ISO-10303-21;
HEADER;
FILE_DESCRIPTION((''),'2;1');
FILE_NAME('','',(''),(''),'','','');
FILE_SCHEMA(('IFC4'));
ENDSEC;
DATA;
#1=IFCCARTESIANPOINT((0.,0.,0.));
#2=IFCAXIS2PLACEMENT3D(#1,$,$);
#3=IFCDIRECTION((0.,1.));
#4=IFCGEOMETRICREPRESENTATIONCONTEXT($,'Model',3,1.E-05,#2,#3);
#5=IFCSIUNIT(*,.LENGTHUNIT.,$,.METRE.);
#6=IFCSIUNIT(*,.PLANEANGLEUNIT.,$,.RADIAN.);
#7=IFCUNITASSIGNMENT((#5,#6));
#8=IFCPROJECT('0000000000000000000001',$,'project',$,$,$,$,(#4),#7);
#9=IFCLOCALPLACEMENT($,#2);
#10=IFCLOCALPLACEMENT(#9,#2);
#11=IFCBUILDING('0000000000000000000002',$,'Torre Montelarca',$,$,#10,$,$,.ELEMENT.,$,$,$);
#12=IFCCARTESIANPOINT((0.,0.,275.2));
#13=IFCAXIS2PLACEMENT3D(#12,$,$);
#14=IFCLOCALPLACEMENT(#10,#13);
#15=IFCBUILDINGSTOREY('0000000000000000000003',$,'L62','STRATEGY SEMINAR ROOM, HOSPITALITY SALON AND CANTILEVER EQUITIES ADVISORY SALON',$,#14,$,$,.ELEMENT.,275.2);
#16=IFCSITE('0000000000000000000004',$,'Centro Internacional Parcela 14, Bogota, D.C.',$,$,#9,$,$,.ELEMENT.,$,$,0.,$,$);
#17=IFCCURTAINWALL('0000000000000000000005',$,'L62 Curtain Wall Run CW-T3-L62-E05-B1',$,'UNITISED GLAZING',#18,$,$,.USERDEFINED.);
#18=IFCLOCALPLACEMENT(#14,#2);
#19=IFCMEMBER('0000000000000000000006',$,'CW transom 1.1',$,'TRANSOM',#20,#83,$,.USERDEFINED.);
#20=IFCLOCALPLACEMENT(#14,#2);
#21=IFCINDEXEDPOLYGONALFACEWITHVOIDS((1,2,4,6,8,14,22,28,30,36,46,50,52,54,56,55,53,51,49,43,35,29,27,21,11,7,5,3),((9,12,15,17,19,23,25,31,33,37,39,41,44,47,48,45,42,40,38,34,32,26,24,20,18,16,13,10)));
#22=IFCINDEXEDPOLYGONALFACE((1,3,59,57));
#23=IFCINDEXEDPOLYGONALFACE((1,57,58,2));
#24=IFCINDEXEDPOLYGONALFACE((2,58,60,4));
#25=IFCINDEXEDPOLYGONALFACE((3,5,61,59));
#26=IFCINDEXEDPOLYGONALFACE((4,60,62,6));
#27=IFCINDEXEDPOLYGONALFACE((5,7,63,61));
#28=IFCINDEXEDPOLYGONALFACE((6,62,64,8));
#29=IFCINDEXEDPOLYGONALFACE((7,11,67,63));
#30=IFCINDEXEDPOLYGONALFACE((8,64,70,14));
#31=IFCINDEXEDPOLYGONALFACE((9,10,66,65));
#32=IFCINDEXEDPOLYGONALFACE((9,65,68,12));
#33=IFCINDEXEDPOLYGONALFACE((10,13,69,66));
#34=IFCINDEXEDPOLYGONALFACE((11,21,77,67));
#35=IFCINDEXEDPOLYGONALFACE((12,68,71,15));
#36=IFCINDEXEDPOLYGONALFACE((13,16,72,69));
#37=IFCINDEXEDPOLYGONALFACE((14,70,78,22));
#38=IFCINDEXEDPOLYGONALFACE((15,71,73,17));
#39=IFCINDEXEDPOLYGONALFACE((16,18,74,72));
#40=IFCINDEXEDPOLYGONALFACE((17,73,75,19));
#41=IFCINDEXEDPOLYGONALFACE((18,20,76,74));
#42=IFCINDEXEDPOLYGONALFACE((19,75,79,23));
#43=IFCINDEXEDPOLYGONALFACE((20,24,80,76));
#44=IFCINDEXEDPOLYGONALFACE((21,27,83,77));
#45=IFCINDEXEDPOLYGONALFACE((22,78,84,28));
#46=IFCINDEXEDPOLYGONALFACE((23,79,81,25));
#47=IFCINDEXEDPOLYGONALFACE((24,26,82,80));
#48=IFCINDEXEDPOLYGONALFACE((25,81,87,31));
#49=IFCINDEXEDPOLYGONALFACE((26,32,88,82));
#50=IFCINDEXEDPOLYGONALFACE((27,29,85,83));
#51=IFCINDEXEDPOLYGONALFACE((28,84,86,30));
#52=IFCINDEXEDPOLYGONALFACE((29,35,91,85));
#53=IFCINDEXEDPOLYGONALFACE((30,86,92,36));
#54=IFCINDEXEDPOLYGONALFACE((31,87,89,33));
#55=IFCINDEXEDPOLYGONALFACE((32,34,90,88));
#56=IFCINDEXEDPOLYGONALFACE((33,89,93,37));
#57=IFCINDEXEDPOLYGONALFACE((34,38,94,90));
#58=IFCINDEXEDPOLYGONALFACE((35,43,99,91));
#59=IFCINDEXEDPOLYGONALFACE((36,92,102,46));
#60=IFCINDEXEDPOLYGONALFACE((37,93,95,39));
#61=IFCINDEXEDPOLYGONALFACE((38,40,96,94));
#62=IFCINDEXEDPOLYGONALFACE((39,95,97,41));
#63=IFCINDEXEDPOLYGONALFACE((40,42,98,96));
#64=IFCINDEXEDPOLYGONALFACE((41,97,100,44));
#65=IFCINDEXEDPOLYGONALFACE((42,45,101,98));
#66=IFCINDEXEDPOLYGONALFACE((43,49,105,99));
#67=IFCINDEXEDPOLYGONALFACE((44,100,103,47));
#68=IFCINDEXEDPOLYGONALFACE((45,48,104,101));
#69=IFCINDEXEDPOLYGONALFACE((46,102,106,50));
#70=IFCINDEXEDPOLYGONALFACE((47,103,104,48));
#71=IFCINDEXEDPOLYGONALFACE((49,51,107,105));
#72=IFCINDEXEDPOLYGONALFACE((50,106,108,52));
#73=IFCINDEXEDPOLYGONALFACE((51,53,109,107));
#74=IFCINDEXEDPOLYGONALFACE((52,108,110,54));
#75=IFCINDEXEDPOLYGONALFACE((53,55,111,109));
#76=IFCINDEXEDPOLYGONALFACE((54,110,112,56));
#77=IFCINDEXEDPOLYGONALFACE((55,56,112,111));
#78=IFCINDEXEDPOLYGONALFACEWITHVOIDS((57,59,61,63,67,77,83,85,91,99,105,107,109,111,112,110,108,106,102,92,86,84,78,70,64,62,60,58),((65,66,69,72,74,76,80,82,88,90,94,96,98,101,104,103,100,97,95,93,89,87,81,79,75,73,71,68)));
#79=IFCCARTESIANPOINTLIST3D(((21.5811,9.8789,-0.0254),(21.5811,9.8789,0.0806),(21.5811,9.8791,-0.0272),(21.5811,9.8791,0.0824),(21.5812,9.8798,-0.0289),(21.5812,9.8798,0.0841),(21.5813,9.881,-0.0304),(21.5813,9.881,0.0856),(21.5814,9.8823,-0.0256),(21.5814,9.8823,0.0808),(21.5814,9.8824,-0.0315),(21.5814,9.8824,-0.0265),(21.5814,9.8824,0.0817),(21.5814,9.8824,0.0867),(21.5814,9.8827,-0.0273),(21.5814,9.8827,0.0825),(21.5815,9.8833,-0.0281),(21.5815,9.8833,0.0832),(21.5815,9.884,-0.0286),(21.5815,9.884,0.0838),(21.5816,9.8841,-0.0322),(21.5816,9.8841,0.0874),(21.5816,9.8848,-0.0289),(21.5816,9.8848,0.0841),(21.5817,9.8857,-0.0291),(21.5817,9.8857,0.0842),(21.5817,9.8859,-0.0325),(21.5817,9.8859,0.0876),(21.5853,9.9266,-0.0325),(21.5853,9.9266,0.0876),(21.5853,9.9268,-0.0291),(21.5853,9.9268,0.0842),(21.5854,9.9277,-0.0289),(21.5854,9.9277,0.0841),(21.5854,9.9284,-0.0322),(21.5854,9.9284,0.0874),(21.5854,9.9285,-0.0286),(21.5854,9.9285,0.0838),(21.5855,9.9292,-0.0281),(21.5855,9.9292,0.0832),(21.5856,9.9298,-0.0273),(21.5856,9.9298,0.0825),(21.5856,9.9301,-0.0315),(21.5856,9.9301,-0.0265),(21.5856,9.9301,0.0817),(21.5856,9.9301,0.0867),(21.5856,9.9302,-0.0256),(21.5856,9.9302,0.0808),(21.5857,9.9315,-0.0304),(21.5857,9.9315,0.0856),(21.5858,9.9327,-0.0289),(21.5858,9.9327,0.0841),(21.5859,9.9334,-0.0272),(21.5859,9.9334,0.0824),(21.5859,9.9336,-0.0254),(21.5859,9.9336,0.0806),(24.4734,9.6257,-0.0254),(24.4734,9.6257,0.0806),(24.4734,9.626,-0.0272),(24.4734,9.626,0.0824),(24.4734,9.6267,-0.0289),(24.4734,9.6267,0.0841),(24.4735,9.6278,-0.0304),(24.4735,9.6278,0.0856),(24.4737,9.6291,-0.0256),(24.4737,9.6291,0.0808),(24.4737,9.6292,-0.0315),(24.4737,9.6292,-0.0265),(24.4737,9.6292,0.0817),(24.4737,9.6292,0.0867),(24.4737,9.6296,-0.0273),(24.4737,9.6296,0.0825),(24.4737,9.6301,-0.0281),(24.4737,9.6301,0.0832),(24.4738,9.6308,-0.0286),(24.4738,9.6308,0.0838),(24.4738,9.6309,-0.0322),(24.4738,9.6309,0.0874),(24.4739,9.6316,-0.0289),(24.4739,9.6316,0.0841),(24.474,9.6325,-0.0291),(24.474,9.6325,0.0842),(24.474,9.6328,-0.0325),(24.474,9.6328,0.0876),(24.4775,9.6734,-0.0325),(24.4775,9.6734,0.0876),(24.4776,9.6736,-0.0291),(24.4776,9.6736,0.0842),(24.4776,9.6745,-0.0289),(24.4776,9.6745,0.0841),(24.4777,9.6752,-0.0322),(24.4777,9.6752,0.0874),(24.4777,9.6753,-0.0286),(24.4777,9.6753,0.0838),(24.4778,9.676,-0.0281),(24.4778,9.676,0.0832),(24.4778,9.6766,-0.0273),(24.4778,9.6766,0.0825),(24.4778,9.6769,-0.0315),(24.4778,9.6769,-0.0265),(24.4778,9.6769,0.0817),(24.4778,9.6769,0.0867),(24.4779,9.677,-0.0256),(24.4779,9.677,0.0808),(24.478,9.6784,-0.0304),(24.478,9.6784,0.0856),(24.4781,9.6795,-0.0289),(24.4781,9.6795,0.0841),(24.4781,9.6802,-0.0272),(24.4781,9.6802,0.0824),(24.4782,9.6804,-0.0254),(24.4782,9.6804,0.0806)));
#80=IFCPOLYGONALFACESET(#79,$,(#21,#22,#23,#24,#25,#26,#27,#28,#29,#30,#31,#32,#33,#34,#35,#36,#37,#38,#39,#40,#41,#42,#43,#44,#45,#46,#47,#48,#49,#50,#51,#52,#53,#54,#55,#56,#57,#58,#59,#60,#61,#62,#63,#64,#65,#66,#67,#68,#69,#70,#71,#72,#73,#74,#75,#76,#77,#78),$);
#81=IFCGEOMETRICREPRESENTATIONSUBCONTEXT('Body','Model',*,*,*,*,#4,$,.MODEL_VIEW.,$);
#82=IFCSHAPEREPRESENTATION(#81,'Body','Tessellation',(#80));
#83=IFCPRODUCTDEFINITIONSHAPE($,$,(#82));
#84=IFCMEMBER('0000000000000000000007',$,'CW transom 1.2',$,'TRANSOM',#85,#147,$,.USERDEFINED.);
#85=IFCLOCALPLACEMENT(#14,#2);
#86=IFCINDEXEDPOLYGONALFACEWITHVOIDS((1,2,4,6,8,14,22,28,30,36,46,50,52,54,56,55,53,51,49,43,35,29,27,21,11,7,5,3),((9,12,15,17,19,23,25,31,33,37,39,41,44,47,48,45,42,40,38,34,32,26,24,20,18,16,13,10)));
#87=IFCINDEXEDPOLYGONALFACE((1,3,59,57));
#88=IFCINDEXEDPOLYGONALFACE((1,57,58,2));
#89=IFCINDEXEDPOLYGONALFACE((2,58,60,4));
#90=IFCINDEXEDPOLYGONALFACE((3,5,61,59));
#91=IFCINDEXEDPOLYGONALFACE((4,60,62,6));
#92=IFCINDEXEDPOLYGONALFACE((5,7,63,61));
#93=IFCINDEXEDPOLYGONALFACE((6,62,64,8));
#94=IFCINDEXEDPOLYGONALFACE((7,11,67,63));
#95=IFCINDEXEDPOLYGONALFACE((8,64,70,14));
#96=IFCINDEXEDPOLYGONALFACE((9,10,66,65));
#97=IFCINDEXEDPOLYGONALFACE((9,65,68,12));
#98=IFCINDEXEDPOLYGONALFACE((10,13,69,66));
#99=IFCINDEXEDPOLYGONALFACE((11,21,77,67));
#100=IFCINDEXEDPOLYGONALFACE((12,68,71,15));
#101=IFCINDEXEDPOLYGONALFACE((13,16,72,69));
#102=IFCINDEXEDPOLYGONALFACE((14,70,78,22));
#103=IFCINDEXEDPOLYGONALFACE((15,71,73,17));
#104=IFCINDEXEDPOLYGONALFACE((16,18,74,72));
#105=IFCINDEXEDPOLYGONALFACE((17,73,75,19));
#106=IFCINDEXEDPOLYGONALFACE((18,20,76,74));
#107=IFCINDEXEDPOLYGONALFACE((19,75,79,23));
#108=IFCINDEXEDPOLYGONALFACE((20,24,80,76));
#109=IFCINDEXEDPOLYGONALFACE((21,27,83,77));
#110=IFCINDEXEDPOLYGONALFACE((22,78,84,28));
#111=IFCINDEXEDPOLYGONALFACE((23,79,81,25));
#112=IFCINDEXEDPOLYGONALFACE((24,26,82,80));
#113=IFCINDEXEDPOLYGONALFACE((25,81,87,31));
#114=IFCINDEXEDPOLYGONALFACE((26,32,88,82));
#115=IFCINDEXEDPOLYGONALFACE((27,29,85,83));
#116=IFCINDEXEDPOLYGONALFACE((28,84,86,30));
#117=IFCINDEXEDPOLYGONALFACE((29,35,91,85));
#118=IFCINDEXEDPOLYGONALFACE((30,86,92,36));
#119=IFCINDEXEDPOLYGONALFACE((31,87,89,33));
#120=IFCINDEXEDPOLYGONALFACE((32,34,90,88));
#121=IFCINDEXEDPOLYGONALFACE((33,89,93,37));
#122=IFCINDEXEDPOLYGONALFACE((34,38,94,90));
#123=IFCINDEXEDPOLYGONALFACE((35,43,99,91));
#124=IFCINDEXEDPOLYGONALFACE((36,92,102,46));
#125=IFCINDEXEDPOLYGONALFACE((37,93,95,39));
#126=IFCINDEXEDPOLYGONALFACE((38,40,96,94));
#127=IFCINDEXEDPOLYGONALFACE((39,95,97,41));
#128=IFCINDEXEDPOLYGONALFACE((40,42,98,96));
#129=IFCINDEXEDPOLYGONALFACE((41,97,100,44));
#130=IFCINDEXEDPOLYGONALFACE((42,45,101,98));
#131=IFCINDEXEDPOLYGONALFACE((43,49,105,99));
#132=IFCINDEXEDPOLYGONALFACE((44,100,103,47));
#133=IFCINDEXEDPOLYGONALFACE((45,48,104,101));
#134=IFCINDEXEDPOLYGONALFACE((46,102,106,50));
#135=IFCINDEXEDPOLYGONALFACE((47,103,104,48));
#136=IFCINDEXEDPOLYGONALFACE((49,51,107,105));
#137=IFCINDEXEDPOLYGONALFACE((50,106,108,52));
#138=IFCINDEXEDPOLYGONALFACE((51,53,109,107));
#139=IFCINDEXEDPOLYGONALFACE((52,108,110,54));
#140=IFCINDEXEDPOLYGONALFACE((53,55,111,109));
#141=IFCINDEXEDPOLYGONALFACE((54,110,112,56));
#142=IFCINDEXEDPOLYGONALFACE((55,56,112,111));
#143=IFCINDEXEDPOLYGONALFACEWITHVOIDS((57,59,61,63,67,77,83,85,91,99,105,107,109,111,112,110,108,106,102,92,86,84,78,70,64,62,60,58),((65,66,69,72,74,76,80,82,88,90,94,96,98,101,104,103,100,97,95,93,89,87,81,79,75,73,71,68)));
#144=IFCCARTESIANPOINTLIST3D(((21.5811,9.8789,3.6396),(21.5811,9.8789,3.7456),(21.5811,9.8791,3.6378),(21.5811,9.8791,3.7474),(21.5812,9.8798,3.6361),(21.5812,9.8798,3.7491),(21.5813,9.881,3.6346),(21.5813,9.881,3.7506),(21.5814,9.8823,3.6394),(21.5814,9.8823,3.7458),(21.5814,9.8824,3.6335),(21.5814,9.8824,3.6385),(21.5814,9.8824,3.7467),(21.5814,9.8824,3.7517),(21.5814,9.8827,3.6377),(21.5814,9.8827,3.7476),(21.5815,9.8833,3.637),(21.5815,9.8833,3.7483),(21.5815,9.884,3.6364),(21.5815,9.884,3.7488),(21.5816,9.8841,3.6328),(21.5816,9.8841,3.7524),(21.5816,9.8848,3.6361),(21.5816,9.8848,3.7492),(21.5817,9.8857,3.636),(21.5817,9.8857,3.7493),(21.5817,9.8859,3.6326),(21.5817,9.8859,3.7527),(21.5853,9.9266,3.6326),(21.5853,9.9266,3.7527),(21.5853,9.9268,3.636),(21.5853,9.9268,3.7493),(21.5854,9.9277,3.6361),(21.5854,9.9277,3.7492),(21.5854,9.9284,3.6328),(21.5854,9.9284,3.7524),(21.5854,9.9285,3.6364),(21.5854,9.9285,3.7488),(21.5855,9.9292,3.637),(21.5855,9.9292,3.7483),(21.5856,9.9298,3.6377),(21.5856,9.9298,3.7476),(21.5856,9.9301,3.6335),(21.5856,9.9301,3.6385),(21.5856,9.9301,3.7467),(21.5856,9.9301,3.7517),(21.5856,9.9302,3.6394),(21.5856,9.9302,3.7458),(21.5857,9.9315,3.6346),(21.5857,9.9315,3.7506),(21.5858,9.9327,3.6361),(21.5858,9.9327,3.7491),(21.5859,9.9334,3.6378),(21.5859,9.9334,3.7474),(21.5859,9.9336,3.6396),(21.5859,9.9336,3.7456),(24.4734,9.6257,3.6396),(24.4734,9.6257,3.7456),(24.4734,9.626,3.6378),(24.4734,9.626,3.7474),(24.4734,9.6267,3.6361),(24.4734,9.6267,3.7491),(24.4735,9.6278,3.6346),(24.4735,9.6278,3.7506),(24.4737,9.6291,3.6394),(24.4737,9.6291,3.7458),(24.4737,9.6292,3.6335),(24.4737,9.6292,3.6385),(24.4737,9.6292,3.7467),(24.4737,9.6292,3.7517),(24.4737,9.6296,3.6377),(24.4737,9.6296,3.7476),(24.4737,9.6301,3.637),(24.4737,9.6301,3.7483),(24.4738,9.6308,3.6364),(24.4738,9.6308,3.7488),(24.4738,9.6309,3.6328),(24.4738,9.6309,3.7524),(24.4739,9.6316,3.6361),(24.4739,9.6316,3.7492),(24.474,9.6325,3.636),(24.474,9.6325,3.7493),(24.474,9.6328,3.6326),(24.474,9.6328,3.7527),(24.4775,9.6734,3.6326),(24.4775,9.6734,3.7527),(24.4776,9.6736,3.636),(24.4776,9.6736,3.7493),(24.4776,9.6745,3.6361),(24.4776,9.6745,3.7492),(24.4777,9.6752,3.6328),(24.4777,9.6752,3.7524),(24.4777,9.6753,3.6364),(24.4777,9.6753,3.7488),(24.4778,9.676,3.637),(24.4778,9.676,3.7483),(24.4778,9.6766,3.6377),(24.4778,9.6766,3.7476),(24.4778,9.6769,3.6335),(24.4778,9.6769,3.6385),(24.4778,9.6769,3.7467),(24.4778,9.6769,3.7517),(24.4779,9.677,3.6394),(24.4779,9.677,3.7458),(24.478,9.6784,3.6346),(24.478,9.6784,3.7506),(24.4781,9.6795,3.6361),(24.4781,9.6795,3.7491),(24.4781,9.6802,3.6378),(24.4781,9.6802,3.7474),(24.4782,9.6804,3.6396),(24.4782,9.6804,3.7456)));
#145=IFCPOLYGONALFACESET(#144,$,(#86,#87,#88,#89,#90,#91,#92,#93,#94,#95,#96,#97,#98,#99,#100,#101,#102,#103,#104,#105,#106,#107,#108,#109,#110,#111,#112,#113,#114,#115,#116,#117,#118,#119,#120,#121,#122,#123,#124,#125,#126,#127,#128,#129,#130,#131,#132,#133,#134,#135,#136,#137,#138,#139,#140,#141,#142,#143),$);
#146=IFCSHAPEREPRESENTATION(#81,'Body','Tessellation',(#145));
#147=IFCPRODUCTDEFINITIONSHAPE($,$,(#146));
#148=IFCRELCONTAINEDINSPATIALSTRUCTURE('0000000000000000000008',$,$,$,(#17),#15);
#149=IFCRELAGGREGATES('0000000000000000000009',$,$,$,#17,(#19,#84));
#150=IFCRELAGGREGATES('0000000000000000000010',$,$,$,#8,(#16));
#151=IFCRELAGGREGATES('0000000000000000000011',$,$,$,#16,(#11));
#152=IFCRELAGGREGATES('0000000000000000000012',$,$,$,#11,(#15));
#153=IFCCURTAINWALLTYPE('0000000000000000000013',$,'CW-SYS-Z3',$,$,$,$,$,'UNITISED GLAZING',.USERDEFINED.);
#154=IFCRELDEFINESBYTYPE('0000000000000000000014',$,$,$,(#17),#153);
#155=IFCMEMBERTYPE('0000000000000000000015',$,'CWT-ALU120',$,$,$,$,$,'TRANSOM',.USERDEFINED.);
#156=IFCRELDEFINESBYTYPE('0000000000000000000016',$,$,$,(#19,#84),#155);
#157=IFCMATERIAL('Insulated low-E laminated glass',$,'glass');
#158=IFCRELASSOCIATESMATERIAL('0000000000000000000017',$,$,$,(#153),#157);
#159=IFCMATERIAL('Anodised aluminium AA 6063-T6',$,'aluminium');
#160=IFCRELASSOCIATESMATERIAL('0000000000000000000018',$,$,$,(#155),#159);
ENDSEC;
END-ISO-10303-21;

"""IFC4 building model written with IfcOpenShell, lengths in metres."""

from ifc_helpers import new_model, si_unit, direction, frame, origin, origin_2d, place, context, subcontext, project, spatial, hollow_rectangle, extrude, source, transform, mapped, material, material_profile, profile_set, type_object, element, aggregate, save


model = new_model("IFC4")

# Units and contexts
model_context = context("Model", 3, precision=1e-05, world=origin(), true_north=direction((0.0, 1.0)))
body_context = subcontext(model_context, "Body", "Model", "MODEL_VIEW")
ifc_project = project(units=[si_unit("LENGTHUNIT", "METRE"), si_unit("PLANEANGLEUNIT", "RADIAN")], contexts=[model_context])

# Site, building, storey
site_placement = place(None, origin())
site = spatial("IfcSite", under=ifc_project, at=site_placement, Name="Centro Internacional Parcela 14, Bogota, D.C.", CompositionType="ELEMENT", RefElevation=0.0)
building_placement = place(site_placement, origin())
building = spatial("IfcBuilding", under=site, at=building_placement, Name="Torre Montelarca", CompositionType="ELEMENT")
storey_placement = place(building_placement, frame((0.0, 0.0, 275.2)))
storey = spatial("IfcBuildingStorey", under=building, at=storey_placement, Name="L62", Description="STRATEGY SEMINAR ROOM, HOSPITALITY SALON AND CANTILEVER EQUITIES ADVISORY SALON", CompositionType="ELEMENT", Elevation=275.2)

# Curtain wall, members
ifc_material_1 = material(Name="Insulated low-E laminated glass", Category="glass")
curtain_wall_type = type_object("IfcCurtainWallType", Name="CW-SYS-Z3", ElementType="UNITISED GLAZING", PredefinedType="USERDEFINED", material=ifc_material_1)
ifc_material_2 = material(Name="Anodised aluminium AA 6063-T6", Category="aluminium")
ifc_material_profile_1 = material_profile(ifc_material_2, hollow_rectangle(XDim=0.0549, YDim=0.1201, WallThickness=0.0034, InnerFilletRadius=0.0034, OuterFilletRadius=0.0071, at=origin_2d()), Name="ALU55X120X3.5", Category="aluminium")
ifc_profile_set_1 = profile_set([ifc_material_profile_1], Name="Anodised aluminium AA 6063-T6")
member_type_1 = type_object("IfcMemberType", Name="CWT-ALU120", ElementType="TRANSOM", PredefinedType="USERDEFINED", material=ifc_profile_set_1)
curtain_wall_1_placement = place(storey_placement, origin())
curtain_wall_1 = element("IfcCurtainWall", 1, at=curtain_wall_1_placement, inside=storey, type_object=curtain_wall_type, Name="L62 Curtain Wall Run CW-T3-L62-E05-B1", ObjectType="UNITISED GLAZING", PredefinedType="USERDEFINED")
shared_shape_1 = source(origin(), body_context, "Body", "SweptSolid", [
    extrude(hollow_rectangle(XDim=0.0549, YDim=0.1201, WallThickness=0.0034, InnerFilletRadius=0.0034, OuterFilletRadius=0.0071, at=origin_2d()), origin(), (0.0, 0.0, 1.0), 2.9033),
])
member_1_placement = place(storey_placement, frame((21.5835, 9.9062, 0.0276), z_axis=(0.996191, -0.087199, 0.0), x_axis=(0.087199, 0.996191, 0.0)))
member_1 = element("IfcMember", 2, at=member_1_placement, type_object=member_type_1, Name="CW transom 1.1", ObjectType="TRANSOM", PredefinedType="USERDEFINED", context=body_context, shape_type="MappedRepresentation", body=[
    mapped(shared_shape_1, transform((0.0, 0.0, 0.0), scale=1.0)),
])
member_2_placement = place(storey_placement, frame((21.5835, 9.9062, 3.6926), z_axis=(0.996191, -0.087199, 0.0), x_axis=(0.087199, 0.996191, 0.0)))
member_2 = element("IfcMember", 3, at=member_2_placement, type_object=member_type_1, Name="CW transom 1.2", ObjectType="TRANSOM", PredefinedType="USERDEFINED", context=body_context, shape_type="MappedRepresentation", body=[
    mapped(shared_shape_1, transform((0.0, 0.0, 0.0), scale=1.0)),
])

aggregate(curtain_wall_1, [member_1, member_2])

save(model, "model.ifc")
